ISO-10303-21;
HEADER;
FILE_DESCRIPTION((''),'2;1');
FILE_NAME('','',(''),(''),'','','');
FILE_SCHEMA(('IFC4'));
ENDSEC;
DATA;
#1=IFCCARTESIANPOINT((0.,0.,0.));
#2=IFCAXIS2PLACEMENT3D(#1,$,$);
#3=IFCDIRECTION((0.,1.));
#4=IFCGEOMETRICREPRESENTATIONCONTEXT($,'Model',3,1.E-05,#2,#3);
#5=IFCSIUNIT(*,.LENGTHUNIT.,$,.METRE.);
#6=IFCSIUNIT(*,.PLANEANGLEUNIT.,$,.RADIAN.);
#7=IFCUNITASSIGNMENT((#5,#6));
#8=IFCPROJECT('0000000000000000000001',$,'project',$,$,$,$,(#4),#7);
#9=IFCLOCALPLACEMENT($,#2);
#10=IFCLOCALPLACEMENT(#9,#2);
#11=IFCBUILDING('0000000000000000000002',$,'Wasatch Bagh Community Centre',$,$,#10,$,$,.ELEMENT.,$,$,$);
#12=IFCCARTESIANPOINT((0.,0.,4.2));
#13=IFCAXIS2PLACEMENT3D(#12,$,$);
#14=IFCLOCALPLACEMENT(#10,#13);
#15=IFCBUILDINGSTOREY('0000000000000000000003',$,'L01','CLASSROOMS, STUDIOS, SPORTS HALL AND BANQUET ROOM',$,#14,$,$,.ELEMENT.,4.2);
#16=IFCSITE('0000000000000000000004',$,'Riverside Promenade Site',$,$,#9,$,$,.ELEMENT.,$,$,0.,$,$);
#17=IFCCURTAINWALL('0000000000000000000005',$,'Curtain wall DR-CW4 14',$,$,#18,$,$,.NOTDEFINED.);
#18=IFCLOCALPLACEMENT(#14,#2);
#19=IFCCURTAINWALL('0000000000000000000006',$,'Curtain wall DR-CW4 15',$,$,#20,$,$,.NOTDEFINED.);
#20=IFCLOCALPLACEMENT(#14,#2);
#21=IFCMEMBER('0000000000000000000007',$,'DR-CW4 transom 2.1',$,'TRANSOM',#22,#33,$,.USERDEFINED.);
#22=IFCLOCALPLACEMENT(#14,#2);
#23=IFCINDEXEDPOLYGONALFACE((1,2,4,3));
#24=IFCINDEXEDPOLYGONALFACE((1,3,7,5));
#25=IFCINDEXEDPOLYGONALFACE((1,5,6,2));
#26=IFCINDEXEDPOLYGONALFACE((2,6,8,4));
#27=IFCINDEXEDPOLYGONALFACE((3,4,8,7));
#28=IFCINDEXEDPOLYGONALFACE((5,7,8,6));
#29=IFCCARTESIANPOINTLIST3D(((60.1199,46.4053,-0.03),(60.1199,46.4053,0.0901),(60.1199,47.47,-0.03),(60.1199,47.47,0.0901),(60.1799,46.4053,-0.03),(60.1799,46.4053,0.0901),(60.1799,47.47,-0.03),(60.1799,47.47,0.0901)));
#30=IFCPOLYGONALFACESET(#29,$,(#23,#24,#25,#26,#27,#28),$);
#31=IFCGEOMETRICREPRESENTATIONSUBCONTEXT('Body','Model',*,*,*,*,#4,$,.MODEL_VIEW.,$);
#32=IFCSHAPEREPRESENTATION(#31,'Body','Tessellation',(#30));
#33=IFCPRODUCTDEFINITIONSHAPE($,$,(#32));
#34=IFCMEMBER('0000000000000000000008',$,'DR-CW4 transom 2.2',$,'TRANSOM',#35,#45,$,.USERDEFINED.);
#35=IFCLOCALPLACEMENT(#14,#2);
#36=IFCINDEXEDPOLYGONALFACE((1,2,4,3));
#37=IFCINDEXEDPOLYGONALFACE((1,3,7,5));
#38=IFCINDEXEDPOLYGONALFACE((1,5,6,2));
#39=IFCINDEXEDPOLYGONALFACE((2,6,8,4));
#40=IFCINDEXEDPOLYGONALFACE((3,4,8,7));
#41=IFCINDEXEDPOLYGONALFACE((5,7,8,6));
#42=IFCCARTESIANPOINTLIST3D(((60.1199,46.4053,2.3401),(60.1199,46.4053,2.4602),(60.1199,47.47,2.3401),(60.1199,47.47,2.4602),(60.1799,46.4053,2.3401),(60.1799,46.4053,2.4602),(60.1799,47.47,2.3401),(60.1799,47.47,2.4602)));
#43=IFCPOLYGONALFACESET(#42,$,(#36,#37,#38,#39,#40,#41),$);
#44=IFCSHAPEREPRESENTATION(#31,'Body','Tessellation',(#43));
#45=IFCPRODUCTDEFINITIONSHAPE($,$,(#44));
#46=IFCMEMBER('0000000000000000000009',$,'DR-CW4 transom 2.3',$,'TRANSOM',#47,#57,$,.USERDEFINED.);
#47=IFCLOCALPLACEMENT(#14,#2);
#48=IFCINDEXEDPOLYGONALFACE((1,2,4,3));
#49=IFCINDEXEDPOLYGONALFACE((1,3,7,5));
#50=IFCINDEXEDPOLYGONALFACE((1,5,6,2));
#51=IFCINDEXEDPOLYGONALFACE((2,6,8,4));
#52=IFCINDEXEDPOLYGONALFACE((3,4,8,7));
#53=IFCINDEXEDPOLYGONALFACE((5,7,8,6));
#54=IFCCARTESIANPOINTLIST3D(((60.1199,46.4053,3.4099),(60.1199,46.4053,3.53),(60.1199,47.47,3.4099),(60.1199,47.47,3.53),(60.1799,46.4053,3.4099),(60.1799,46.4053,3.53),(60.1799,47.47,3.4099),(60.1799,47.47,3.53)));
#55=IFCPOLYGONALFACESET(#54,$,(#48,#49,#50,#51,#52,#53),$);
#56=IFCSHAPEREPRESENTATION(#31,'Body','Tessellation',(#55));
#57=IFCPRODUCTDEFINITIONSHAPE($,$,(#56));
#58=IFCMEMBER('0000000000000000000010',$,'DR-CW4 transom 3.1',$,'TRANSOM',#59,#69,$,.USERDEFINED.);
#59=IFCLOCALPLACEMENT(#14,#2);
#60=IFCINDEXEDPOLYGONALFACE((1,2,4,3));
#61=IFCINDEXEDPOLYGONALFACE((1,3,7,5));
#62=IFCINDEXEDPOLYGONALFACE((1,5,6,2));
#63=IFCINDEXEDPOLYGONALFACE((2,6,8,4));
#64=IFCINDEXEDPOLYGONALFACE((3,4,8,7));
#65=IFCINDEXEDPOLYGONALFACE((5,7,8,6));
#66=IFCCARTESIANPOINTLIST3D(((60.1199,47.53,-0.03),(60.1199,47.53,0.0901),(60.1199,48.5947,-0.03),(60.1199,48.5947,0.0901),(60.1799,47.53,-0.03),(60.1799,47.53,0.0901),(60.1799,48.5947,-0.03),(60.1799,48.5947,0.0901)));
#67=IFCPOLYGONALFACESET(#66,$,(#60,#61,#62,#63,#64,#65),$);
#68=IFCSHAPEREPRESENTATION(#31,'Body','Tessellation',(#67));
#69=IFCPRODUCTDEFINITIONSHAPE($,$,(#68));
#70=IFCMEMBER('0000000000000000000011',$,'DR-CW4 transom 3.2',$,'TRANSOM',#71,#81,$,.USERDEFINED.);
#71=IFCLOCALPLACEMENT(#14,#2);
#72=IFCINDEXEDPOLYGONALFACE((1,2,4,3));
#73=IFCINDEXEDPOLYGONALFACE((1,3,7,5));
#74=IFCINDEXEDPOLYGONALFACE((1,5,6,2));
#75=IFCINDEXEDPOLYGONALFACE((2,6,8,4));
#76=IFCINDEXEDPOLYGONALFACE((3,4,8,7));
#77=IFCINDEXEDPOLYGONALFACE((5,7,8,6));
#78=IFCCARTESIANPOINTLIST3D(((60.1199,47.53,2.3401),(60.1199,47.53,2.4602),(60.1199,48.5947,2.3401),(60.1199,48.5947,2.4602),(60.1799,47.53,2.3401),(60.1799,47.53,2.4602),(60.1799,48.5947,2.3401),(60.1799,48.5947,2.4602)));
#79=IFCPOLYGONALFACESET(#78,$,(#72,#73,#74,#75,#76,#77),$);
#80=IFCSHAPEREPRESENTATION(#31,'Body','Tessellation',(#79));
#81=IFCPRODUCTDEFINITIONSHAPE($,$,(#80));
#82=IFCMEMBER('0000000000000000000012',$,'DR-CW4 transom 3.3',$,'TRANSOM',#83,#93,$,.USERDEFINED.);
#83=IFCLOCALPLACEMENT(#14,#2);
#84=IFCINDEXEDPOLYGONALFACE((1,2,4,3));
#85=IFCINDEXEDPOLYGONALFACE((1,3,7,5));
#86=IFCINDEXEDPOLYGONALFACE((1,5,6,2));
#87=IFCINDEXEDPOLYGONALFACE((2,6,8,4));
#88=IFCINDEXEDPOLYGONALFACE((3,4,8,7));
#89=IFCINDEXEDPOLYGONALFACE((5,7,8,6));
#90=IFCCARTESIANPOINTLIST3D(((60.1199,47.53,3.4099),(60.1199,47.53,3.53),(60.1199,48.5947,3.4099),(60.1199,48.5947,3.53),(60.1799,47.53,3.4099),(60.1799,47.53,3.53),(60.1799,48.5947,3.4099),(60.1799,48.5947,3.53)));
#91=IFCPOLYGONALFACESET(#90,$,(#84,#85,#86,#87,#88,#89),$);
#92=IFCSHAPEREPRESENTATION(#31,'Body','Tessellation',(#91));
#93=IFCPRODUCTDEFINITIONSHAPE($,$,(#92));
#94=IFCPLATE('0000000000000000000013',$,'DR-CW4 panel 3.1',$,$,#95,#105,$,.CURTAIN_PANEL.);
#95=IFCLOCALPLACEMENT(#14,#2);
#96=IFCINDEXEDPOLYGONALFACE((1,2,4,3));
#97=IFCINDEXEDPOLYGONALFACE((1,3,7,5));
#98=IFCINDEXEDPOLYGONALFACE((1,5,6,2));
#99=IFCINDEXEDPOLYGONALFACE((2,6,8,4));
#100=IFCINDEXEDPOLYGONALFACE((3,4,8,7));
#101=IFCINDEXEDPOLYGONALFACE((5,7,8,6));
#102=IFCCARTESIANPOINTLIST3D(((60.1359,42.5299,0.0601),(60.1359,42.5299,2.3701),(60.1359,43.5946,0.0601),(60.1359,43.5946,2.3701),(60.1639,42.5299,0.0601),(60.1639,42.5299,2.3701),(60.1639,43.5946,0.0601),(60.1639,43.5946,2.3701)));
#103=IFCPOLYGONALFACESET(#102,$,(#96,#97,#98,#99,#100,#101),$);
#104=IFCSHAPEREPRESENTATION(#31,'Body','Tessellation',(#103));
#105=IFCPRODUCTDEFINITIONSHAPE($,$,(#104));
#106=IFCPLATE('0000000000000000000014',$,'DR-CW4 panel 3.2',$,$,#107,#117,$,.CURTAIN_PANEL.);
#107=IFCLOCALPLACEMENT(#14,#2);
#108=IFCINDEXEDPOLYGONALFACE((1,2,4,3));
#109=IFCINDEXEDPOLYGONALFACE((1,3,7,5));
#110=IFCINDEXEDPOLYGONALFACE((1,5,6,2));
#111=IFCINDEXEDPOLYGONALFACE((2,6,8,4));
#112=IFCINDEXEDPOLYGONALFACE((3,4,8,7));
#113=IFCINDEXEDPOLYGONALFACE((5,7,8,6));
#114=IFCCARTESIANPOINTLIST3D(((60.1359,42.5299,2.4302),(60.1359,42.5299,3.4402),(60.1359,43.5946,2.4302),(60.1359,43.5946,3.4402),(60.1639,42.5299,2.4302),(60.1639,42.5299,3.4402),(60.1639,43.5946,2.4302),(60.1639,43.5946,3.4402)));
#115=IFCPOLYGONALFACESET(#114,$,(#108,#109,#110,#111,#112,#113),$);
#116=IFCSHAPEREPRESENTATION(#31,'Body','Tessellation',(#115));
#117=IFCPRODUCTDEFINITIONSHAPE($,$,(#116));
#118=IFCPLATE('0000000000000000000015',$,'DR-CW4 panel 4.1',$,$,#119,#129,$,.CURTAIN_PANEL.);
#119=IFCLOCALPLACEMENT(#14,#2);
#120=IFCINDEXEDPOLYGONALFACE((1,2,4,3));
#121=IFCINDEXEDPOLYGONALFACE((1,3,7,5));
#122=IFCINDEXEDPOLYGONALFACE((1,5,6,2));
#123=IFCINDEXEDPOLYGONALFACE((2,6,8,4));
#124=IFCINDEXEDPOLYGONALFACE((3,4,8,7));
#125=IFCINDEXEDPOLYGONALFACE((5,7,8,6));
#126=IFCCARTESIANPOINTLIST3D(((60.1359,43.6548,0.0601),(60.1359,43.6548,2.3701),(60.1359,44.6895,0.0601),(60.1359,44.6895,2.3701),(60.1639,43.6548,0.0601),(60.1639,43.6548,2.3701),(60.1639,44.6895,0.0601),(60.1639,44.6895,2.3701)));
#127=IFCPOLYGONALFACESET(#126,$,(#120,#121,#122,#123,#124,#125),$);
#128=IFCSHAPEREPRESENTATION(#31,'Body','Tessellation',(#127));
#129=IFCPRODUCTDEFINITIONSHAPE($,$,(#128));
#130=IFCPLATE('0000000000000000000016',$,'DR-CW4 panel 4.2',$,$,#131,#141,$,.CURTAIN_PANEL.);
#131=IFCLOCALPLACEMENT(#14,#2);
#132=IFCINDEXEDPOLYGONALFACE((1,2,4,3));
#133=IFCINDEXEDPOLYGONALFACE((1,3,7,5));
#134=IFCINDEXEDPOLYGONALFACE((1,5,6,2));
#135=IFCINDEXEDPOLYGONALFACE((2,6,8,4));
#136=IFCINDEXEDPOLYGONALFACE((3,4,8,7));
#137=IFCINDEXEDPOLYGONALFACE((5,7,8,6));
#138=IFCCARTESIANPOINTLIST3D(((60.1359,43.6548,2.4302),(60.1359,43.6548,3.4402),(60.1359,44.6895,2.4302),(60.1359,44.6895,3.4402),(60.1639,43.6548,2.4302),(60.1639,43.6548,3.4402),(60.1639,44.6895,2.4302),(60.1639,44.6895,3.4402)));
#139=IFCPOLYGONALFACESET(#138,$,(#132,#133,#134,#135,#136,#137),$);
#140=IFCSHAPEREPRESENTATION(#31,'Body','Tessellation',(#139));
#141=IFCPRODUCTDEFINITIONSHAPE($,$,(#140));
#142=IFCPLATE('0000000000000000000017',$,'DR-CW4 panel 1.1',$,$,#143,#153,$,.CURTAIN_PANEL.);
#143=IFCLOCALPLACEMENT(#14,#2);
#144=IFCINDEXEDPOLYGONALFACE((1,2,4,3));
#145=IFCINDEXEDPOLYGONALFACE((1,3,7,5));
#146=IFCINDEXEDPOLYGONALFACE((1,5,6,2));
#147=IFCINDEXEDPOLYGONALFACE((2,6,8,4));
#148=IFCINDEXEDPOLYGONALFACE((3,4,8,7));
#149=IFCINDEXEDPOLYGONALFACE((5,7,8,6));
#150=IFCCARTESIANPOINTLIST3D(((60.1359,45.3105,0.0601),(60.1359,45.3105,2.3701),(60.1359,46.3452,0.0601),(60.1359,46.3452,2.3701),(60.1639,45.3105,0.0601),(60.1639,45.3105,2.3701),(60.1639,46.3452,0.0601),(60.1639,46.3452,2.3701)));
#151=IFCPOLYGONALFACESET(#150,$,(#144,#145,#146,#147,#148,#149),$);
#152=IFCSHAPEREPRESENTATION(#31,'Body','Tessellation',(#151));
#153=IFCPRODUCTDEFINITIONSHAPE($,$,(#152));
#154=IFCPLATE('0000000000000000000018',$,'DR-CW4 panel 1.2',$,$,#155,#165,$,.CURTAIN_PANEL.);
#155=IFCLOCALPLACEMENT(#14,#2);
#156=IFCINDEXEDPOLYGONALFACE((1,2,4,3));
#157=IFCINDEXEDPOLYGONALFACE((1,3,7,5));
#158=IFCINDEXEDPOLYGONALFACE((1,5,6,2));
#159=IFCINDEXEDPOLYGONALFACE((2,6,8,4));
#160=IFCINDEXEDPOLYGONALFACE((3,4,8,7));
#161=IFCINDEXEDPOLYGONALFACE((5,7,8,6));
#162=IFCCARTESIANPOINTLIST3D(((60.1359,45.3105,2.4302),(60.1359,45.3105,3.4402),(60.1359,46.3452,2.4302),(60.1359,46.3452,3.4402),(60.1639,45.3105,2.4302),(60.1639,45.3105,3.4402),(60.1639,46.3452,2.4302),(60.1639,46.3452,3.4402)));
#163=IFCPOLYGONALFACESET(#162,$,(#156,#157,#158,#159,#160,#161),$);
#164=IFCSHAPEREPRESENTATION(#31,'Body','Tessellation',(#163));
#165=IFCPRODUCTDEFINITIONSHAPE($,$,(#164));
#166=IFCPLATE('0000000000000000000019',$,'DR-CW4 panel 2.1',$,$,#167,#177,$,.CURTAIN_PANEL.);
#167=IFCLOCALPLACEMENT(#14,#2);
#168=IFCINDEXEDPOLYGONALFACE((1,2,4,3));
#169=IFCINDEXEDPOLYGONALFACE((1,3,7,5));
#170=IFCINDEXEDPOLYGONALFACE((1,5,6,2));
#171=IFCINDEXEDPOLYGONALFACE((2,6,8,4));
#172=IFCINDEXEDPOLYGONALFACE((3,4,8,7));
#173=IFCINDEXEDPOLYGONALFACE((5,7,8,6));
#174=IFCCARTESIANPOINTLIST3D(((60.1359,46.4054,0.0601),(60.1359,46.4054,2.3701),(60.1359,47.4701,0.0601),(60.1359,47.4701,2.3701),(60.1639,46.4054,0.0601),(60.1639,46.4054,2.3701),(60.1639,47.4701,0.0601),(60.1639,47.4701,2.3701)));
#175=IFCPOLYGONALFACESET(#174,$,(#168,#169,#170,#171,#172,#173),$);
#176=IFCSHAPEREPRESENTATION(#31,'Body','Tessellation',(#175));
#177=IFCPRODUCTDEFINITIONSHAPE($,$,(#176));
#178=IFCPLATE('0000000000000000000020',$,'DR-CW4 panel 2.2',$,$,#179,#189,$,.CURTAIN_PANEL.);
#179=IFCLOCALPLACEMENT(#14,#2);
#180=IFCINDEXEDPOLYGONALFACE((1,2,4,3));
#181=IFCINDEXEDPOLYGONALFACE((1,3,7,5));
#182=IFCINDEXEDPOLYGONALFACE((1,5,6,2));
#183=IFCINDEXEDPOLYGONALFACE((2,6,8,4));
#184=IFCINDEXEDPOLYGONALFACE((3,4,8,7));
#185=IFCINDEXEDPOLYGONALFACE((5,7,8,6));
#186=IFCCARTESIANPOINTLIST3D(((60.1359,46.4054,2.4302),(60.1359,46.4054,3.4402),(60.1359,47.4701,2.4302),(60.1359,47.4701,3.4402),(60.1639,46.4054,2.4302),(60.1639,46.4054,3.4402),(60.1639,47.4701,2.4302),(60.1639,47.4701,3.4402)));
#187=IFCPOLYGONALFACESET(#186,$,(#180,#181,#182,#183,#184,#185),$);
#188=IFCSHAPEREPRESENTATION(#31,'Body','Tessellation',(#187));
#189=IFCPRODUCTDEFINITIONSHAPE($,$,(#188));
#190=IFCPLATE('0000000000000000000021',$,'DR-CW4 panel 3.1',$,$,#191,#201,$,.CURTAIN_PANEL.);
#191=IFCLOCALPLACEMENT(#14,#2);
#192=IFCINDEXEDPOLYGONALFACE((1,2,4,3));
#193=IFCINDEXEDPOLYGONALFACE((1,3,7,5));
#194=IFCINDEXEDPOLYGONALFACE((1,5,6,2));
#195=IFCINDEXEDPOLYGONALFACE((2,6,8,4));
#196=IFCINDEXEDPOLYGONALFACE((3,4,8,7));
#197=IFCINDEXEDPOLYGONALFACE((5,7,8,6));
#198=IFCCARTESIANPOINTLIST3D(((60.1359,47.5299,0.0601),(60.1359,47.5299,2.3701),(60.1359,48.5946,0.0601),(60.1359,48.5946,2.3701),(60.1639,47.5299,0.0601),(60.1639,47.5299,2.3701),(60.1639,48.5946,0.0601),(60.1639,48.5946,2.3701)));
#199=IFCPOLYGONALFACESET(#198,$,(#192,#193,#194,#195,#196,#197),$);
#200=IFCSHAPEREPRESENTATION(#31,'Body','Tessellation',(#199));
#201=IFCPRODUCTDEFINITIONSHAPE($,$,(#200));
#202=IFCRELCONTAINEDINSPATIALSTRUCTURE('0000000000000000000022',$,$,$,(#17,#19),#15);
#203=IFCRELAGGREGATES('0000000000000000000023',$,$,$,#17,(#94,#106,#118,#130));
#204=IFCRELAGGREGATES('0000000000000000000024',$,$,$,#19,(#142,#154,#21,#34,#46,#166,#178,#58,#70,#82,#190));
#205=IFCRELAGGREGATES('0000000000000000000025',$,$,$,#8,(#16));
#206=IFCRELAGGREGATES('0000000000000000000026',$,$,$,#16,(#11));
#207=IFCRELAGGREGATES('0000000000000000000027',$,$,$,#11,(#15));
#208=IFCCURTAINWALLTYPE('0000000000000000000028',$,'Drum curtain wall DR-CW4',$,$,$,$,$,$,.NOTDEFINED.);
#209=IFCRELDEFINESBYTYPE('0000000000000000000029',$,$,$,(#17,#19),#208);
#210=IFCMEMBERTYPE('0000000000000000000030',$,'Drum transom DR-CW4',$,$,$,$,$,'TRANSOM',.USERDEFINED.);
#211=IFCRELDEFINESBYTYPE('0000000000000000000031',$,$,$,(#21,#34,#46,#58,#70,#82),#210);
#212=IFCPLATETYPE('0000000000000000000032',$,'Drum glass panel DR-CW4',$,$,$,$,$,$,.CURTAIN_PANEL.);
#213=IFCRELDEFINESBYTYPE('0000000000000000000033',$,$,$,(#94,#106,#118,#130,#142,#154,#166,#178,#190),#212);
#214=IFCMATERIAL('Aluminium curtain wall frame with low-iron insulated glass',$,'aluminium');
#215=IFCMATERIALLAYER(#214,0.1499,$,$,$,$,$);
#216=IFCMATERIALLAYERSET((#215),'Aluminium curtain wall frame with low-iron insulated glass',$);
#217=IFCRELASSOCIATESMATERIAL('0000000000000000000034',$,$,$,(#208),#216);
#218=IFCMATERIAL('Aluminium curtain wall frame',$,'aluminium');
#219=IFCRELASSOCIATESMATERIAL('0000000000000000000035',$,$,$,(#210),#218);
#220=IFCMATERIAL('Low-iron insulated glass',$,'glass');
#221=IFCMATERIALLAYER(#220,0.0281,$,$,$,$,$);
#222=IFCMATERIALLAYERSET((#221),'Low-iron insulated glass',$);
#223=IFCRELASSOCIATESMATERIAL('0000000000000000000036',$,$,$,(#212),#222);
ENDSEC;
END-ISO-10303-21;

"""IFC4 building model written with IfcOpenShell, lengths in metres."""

from ifc_helpers import new_model, si_unit, direction, frame, origin, origin_2d, place, context, subcontext, project, spatial, rectangle, extrude, material, layer, layer_set, material_profile, profile_set, type_object, element, aggregate, save


model = new_model("IFC4")

# Units and contexts
model_context = context("Model", 3, precision=1e-05, world=origin(), true_north=direction((0.0, 1.0)))
body_context = subcontext(model_context, "Body", "Model", "MODEL_VIEW")
ifc_project = project(units=[si_unit("LENGTHUNIT", "METRE"), si_unit("PLANEANGLEUNIT", "RADIAN")], contexts=[model_context])

# Site, building, storey
site_placement = place(None, origin())
site = spatial("IfcSite", under=ifc_project, at=site_placement, Name="Riverside Promenade Site", CompositionType="ELEMENT", RefElevation=0.0)
building_placement = place(site_placement, origin())
building = spatial("IfcBuilding", under=site, at=building_placement, Name="Wasatch Bagh Community Centre", CompositionType="ELEMENT")
storey_placement = place(building_placement, frame((0.0, 0.0, 4.2)))
storey = spatial("IfcBuildingStorey", under=building, at=storey_placement, Name="L01", Description="CLASSROOMS, STUDIOS, SPORTS HALL AND BANQUET ROOM", CompositionType="ELEMENT", Elevation=4.2)

# Curtain walls
ifc_material_1 = material(Name="Aluminium curtain wall frame with low-iron insulated glass", Category="aluminium")
ifc_layer_1 = layer(ifc_material_1, 0.1499)
ifc_layer_set_1 = layer_set([ifc_layer_1], Name="Aluminium curtain wall frame with low-iron insulated glass")
curtain_wall_type = type_object("IfcCurtainWallType", Name="Drum curtain wall DR-CW4", PredefinedType="NOTDEFINED", material=ifc_layer_set_1)
curtain_wall_1_placement = place(storey_placement, origin())
curtain_wall_1 = element("IfcCurtainWall", 1, at=curtain_wall_1_placement, inside=storey, type_object=curtain_wall_type, Name="Curtain wall DR-CW4 14", PredefinedType="NOTDEFINED")
ifc_material_2 = material(Name="Aluminium curtain wall frame", Category="aluminium")
curtain_wall_2_placement = place(storey_placement, origin())
curtain_wall_2 = element("IfcCurtainWall", 2, at=curtain_wall_2_placement, inside=storey, type_object=curtain_wall_type, Name="Curtain wall DR-CW4 15", PredefinedType="NOTDEFINED")

# Members
ifc_material_profile_1 = material_profile(ifc_material_2, rectangle(XDim=0.0601, YDim=0.1201, at=origin_2d()), Name="Drum transom DR-CW4")
ifc_profile_set_1 = profile_set([ifc_material_profile_1], Name="Aluminium curtain wall frame")
member_type_1 = type_object("IfcMemberType", Name="Drum transom DR-CW4", ElementType="TRANSOM", PredefinedType="USERDEFINED", material=ifc_profile_set_1)
member_1_placement = place(storey_placement, frame((60.1499, 46.4053, 0.03), z_axis=(0.0, 1.0, 0.0), x_axis=(-1.0, 0.0, 0.0)))
member_1 = element("IfcMember", 3, at=member_1_placement, type_object=member_type_1, Name="DR-CW4 transom 2.1", ObjectType="TRANSOM", PredefinedType="USERDEFINED", context=body_context, shape_type="SweptSolid", body=[
    extrude(rectangle(XDim=0.0601, YDim=0.1201, at=origin_2d()), origin(), (0.0, 0.0, 1.0), 1.0647),
])
member_2_placement = place(storey_placement, frame((60.1499, 46.4053, 2.4001), z_axis=(0.0, 1.0, 0.0), x_axis=(-1.0, 0.0, 0.0)))
member_2 = element("IfcMember", 4, at=member_2_placement, type_object=member_type_1, Name="DR-CW4 transom 2.2", ObjectType="TRANSOM", PredefinedType="USERDEFINED", context=body_context, shape_type="SweptSolid", body=[
    extrude(rectangle(XDim=0.0601, YDim=0.1201, at=origin_2d()), origin(), (0.0, 0.0, 1.0), 1.0647),
])
member_3_placement = place(storey_placement, frame((60.1499, 46.4053, 3.47), z_axis=(0.0, 1.0, 0.0), x_axis=(-1.0, 0.0, 0.0)))
member_3 = element("IfcMember", 5, at=member_3_placement, type_object=member_type_1, Name="DR-CW4 transom 2.3", ObjectType="TRANSOM", PredefinedType="USERDEFINED", context=body_context, shape_type="SweptSolid", body=[
    extrude(rectangle(XDim=0.0601, YDim=0.1201, at=origin_2d()), origin(), (0.0, 0.0, 1.0), 1.0647),
])
member_4_placement = place(storey_placement, frame((60.1499, 47.53, 0.03), z_axis=(0.0, 1.0, 0.0), x_axis=(-1.0, 0.0, 0.0)))
member_4 = element("IfcMember", 6, at=member_4_placement, type_object=member_type_1, Name="DR-CW4 transom 3.1", ObjectType="TRANSOM", PredefinedType="USERDEFINED", context=body_context, shape_type="SweptSolid", body=[
    extrude(rectangle(XDim=0.0601, YDim=0.1201, at=origin_2d()), origin(), (0.0, 0.0, 1.0), 1.0647),
])
member_5_placement = place(storey_placement, frame((60.1499, 47.53, 2.4001), z_axis=(0.0, 1.0, 0.0), x_axis=(-1.0, 0.0, 0.0)))
member_5 = element("IfcMember", 7, at=member_5_placement, type_object=member_type_1, Name="DR-CW4 transom 3.2", ObjectType="TRANSOM", PredefinedType="USERDEFINED", context=body_context, shape_type="SweptSolid", body=[
    extrude(rectangle(XDim=0.0601, YDim=0.1201, at=origin_2d()), origin(), (0.0, 0.0, 1.0), 1.0647),
])
member_6_placement = place(storey_placement, frame((60.1499, 47.53, 3.47), z_axis=(0.0, 1.0, 0.0), x_axis=(-1.0, 0.0, 0.0)))
member_6 = element("IfcMember", 8, at=member_6_placement, type_object=member_type_1, Name="DR-CW4 transom 3.3", ObjectType="TRANSOM", PredefinedType="USERDEFINED", context=body_context, shape_type="SweptSolid", body=[
    extrude(rectangle(XDim=0.0601, YDim=0.1201, at=origin_2d()), origin(), (0.0, 0.0, 1.0), 1.0647),
])

# Plates
ifc_material_3 = material(Name="Low-iron insulated glass", Category="glass")
ifc_layer_2 = layer(ifc_material_3, 0.0281)
ifc_layer_set_2 = layer_set([ifc_layer_2], Name="Low-iron insulated glass")
plate_type = type_object("IfcPlateType", Name="Drum glass panel DR-CW4", PredefinedType="CURTAIN_PANEL", material=ifc_layer_set_2)
plate_1_placement = place(storey_placement, frame((60.1499, 43.0623, 0.0601), z_axis=(0.0, 0.0, 1.0), x_axis=(0.0, 1.0, 0.0)))
plate_1 = element("IfcPlate", 9, at=plate_1_placement, type_object=plate_type, Name="DR-CW4 panel 3.1", PredefinedType="CURTAIN_PANEL", context=body_context, shape_type="SweptSolid", body=[
    extrude(rectangle(XDim=1.0647, YDim=0.0281, at=origin_2d()), origin(), (0.0, 0.0, 1.0), 2.3101),
])
plate_2_placement = place(storey_placement, frame((60.1499, 43.0623, 2.4302), z_axis=(0.0, 0.0, 1.0), x_axis=(0.0, 1.0, 0.0)))
plate_2 = element("IfcPlate", 10, at=plate_2_placement, type_object=plate_type, Name="DR-CW4 panel 3.2", PredefinedType="CURTAIN_PANEL", context=body_context, shape_type="SweptSolid", body=[
    extrude(rectangle(XDim=1.0647, YDim=0.0281, at=origin_2d()), origin(), (0.0, 0.0, 1.0), 1.01),
])
plate_3_placement = place(storey_placement, frame((60.1499, 44.1721, 0.0601), z_axis=(0.0, 0.0, 1.0), x_axis=(0.0, 1.0, 0.0)))
plate_3 = element("IfcPlate", 11, at=plate_3_placement, type_object=plate_type, Name="DR-CW4 panel 4.1", PredefinedType="CURTAIN_PANEL", context=body_context, shape_type="SweptSolid", body=[
    extrude(rectangle(XDim=1.0347, YDim=0.0281, at=origin_2d()), origin(), (0.0, 0.0, 1.0), 2.3101),
])
plate_4_placement = place(storey_placement, frame((60.1499, 44.1721, 2.4302), z_axis=(0.0, 0.0, 1.0), x_axis=(0.0, 1.0, 0.0)))
plate_4 = element("IfcPlate", 12, at=plate_4_placement, type_object=plate_type, Name="DR-CW4 panel 4.2", PredefinedType="CURTAIN_PANEL", context=body_context, shape_type="SweptSolid", body=[
    extrude(rectangle(XDim=1.0347, YDim=0.0281, at=origin_2d()), origin(), (0.0, 0.0, 1.0), 1.01),
])
aggregate(curtain_wall_1, [plate_1, plate_2, plate_3, plate_4])
plate_5_placement = place(storey_placement, frame((60.1499, 45.8279, 0.0601), z_axis=(0.0, 0.0, 1.0), x_axis=(0.0, 1.0, 0.0)))
plate_5 = element("IfcPlate", 13, at=plate_5_placement, type_object=plate_type, Name="DR-CW4 panel 1.1", PredefinedType="CURTAIN_PANEL", context=body_context, shape_type="SweptSolid", body=[
    extrude(rectangle(XDim=1.0347, YDim=0.0281, at=origin_2d()), origin(), (0.0, 0.0, 1.0), 2.3101),
])
plate_6_placement = place(storey_placement, frame((60.1499, 45.8279, 2.4302), z_axis=(0.0, 0.0, 1.0), x_axis=(0.0, 1.0, 0.0)))
plate_6 = element("IfcPlate", 14, at=plate_6_placement, type_object=plate_type, Name="DR-CW4 panel 1.2", PredefinedType="CURTAIN_PANEL", context=body_context, shape_type="SweptSolid", body=[
    extrude(rectangle(XDim=1.0347, YDim=0.0281, at=origin_2d()), origin(), (0.0, 0.0, 1.0), 1.01),
])
plate_7_placement = place(storey_placement, frame((60.1499, 46.9377, 0.0601), z_axis=(0.0, 0.0, 1.0), x_axis=(0.0, 1.0, 0.0)))
plate_7 = element("IfcPlate", 15, at=plate_7_placement, type_object=plate_type, Name="DR-CW4 panel 2.1", PredefinedType="CURTAIN_PANEL", context=body_context, shape_type="SweptSolid", body=[
    extrude(rectangle(XDim=1.0647, YDim=0.0281, at=origin_2d()), origin(), (0.0, 0.0, 1.0), 2.3101),
])
plate_8_placement = place(storey_placement, frame((60.1499, 46.9377, 2.4302), z_axis=(0.0, 0.0, 1.0), x_axis=(0.0, 1.0, 0.0)))
plate_8 = element("IfcPlate", 16, at=plate_8_placement, type_object=plate_type, Name="DR-CW4 panel 2.2", PredefinedType="CURTAIN_PANEL", context=body_context, shape_type="SweptSolid", body=[
    extrude(rectangle(XDim=1.0647, YDim=0.0281, at=origin_2d()), origin(), (0.0, 0.0, 1.0), 1.01),
])
plate_9_placement = place(storey_placement, frame((60.1499, 48.0623, 0.0601), z_axis=(0.0, 0.0, 1.0), x_axis=(0.0, 1.0, 0.0)))
plate_9 = element("IfcPlate", 17, at=plate_9_placement, type_object=plate_type, Name="DR-CW4 panel 3.1", PredefinedType="CURTAIN_PANEL", context=body_context, shape_type="SweptSolid", body=[
    extrude(rectangle(XDim=1.0647, YDim=0.0281, at=origin_2d()), origin(), (0.0, 0.0, 1.0), 2.3101),
])
aggregate(curtain_wall_2, [plate_5, plate_6, member_1, member_2, member_3, plate_7, plate_8, member_4, member_5, member_6, plate_9])

save(model, "model.ifc")
